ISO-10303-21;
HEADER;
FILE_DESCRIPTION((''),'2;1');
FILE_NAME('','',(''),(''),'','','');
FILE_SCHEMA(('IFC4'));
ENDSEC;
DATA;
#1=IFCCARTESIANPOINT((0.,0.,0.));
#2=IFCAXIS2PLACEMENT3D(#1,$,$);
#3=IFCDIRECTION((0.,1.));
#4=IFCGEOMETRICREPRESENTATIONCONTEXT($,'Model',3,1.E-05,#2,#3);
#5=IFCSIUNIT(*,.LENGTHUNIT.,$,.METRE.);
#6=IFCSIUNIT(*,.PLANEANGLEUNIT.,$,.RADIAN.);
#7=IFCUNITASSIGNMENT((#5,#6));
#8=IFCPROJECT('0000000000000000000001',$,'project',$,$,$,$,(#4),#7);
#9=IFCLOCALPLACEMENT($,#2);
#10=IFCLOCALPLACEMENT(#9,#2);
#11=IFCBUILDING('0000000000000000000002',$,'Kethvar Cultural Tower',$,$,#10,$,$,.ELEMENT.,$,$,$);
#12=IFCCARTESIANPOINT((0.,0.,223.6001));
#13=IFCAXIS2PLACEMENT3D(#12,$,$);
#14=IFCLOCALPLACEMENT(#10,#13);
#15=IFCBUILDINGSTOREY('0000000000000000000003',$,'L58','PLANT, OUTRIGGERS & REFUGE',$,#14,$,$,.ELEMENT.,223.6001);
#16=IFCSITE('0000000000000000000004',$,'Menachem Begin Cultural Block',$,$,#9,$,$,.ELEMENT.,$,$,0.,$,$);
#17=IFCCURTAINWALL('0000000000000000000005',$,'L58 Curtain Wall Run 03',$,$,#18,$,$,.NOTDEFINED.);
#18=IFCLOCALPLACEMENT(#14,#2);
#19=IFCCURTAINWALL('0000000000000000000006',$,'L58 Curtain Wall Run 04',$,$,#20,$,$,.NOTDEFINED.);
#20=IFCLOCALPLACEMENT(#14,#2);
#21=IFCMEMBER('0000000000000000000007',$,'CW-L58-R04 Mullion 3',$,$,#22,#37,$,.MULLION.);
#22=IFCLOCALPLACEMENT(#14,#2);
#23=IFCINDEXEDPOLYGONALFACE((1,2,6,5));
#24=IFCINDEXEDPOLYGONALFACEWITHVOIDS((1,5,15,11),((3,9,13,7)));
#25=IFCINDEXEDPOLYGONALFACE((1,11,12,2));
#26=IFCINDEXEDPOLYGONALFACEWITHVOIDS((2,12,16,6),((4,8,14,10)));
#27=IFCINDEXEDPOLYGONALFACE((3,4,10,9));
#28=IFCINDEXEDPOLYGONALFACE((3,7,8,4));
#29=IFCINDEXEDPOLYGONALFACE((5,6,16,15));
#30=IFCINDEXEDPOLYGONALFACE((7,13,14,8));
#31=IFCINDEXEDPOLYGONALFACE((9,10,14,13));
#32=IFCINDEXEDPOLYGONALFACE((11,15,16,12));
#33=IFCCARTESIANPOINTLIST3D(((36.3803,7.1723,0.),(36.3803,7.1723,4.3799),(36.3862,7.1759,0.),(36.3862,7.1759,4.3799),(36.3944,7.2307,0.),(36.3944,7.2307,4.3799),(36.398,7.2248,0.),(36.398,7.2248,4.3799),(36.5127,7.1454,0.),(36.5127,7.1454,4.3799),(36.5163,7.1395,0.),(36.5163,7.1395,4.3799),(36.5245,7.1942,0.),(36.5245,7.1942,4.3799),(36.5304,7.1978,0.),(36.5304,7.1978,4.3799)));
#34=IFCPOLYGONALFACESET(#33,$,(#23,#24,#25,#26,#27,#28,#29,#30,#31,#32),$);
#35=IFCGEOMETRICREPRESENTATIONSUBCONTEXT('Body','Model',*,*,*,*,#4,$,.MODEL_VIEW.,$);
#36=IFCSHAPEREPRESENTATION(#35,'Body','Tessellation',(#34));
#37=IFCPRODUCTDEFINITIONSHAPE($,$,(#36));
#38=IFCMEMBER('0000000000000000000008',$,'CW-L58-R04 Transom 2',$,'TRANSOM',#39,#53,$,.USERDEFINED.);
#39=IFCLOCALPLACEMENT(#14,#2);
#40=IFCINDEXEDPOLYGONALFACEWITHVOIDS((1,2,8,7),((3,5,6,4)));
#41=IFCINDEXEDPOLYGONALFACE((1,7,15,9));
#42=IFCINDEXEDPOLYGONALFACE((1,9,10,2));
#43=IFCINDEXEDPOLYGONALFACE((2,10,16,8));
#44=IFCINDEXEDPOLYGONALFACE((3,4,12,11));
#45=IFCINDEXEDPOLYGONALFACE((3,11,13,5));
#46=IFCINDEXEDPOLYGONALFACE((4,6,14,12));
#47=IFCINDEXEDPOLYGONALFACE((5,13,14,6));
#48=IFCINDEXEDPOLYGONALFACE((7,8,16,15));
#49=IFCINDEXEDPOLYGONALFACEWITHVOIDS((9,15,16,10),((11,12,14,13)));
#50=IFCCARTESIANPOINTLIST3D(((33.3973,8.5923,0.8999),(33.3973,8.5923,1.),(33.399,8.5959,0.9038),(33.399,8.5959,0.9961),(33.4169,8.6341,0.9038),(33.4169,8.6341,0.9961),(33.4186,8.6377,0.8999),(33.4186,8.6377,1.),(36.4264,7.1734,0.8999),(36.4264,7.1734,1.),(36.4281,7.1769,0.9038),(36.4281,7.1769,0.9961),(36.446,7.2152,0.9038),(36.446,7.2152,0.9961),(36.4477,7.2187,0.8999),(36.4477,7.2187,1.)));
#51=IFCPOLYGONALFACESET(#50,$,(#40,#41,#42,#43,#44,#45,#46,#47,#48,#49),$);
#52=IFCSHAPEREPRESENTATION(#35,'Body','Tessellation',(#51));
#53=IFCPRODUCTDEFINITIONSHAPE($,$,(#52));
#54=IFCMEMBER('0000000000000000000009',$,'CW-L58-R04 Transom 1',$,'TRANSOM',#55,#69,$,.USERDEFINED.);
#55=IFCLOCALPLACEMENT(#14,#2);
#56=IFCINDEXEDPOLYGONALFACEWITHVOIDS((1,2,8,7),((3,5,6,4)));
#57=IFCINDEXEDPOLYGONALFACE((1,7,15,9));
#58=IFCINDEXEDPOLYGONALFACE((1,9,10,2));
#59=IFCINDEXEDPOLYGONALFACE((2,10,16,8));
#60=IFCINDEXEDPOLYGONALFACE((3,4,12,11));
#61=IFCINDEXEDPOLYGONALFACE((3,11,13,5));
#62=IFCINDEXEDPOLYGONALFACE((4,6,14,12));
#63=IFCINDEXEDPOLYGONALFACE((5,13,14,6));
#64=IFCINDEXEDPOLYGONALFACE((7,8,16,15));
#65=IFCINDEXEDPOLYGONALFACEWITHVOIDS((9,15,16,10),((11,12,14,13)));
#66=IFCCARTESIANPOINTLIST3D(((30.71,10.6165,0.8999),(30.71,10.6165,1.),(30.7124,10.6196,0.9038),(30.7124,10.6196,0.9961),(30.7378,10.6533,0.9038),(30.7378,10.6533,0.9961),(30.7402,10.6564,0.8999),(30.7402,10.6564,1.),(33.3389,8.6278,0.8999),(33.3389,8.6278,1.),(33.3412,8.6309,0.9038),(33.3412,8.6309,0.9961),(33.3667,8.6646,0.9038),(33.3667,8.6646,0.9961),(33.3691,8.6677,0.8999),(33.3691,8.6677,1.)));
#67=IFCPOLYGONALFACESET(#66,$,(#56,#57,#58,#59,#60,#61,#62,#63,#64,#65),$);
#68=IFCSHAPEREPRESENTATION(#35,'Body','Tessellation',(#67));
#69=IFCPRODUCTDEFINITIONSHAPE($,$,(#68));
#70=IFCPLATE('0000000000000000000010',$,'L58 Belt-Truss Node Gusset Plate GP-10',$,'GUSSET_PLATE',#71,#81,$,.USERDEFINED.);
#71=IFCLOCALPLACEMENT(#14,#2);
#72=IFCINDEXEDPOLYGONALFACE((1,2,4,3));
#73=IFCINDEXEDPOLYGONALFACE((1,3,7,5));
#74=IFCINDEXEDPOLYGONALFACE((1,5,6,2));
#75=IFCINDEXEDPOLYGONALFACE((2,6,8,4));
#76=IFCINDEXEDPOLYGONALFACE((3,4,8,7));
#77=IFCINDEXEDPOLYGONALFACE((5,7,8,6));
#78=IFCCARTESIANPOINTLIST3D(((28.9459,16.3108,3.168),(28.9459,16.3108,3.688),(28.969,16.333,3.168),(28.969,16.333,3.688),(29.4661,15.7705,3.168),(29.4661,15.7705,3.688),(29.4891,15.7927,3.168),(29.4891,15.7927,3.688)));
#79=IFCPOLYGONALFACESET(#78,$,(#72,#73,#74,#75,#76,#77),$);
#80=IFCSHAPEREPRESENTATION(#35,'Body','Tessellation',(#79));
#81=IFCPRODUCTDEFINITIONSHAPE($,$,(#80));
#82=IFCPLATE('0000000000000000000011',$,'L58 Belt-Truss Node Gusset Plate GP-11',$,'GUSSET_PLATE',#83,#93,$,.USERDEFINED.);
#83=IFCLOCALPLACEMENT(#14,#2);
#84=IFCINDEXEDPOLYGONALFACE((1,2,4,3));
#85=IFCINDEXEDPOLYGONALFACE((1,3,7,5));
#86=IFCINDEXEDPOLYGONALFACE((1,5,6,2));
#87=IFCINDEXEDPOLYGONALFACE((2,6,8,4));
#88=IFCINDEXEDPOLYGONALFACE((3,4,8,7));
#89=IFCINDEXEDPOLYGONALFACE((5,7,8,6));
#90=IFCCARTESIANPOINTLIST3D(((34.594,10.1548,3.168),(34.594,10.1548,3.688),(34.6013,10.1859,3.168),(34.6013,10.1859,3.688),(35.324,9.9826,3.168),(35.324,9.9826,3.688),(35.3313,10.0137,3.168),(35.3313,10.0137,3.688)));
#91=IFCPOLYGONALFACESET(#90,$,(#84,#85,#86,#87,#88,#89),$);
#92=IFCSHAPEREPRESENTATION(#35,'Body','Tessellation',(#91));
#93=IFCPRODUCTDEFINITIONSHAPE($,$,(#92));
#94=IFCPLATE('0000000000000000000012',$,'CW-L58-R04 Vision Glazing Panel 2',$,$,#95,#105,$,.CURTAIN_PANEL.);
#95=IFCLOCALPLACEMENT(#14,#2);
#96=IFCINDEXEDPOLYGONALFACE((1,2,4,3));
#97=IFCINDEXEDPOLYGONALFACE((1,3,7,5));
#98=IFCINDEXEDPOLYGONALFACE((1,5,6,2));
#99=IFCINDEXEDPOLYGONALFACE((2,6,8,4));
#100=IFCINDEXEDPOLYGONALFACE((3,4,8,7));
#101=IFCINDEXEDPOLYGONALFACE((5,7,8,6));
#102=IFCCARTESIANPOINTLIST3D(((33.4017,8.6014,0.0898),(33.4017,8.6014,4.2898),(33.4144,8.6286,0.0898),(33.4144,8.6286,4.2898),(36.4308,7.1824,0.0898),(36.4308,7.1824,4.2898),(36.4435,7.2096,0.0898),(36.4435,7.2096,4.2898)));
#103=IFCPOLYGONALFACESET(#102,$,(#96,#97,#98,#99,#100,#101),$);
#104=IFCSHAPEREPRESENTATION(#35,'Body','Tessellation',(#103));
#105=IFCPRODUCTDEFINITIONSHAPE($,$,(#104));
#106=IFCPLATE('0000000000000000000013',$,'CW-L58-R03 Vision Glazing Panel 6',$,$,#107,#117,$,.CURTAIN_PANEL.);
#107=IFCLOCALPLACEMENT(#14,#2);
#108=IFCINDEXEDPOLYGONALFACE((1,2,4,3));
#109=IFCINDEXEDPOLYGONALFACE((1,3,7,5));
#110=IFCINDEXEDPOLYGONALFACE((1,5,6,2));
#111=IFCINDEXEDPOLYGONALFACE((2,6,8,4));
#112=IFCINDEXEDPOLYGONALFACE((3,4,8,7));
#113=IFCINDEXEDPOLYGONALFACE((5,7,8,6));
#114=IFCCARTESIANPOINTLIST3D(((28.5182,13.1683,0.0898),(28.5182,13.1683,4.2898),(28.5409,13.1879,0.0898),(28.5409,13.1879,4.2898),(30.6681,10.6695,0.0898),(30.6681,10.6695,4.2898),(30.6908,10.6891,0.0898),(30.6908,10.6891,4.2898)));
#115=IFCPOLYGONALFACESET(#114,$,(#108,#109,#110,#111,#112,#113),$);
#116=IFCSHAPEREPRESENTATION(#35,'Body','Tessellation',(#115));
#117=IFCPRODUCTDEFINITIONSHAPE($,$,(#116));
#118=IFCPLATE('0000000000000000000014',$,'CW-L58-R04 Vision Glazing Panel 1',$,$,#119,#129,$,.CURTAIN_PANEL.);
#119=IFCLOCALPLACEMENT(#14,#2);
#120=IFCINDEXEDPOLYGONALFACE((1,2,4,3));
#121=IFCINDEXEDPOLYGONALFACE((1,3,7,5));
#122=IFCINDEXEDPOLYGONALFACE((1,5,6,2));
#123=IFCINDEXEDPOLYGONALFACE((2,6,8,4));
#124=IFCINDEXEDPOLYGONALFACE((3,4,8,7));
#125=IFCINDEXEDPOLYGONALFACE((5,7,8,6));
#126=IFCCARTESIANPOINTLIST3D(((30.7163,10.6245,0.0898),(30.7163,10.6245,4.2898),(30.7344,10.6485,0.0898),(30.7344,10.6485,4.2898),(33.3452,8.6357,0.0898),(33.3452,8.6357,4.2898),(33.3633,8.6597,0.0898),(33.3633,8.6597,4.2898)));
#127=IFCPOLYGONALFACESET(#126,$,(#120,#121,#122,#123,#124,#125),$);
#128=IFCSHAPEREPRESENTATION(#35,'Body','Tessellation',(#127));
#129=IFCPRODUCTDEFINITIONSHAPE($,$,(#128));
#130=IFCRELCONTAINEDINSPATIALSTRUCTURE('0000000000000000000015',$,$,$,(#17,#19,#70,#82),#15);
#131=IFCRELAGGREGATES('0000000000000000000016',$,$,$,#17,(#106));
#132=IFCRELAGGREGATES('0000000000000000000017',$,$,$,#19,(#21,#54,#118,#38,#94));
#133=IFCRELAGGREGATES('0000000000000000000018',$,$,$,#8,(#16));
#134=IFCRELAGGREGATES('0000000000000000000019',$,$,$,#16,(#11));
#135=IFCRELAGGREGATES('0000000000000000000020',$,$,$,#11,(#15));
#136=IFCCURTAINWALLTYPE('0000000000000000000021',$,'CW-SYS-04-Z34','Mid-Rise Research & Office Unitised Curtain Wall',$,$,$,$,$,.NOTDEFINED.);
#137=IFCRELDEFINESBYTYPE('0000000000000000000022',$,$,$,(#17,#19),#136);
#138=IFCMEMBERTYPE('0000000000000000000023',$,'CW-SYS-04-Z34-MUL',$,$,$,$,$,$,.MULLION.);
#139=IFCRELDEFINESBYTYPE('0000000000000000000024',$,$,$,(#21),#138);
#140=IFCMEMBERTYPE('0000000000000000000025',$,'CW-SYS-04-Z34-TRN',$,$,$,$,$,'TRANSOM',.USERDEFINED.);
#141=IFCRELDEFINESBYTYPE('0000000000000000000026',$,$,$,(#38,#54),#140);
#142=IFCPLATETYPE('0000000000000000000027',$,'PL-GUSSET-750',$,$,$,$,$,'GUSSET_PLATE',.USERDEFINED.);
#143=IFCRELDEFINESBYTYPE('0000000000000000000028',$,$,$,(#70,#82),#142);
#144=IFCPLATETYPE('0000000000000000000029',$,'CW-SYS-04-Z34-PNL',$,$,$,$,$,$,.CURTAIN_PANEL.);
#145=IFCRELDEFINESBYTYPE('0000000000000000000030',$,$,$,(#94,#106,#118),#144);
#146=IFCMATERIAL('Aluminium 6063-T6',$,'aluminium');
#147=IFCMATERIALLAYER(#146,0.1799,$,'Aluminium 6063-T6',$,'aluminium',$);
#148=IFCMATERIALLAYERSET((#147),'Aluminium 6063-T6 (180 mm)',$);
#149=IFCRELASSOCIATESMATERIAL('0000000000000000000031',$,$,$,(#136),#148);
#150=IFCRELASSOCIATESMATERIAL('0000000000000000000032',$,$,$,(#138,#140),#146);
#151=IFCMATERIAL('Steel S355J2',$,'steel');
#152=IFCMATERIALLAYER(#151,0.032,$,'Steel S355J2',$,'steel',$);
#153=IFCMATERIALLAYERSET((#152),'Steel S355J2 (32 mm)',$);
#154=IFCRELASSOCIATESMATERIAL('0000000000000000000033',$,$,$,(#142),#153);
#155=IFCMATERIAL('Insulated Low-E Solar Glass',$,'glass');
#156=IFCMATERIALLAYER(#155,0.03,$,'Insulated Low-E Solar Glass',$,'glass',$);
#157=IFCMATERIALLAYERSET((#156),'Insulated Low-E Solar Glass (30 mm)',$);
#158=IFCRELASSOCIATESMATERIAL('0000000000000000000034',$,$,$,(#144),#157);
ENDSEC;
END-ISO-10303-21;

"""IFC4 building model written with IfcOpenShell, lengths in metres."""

from ifc_helpers import new_model, si_unit, direction, frame, origin, origin_2d, place, context, subcontext, project, spatial, rectangle, hollow_rectangle, extrude, source, transform, mapped, material, layer, layer_set, material_profile, profile_set, type_object, element, aggregate, save


model = new_model("IFC4")

# Units and contexts
model_context = context("Model", 3, precision=1e-05, world=origin(), true_north=direction((0.0, 1.0)))
body_context = subcontext(model_context, "Body", "Model", "MODEL_VIEW")
ifc_project = project(units=[si_unit("LENGTHUNIT", "METRE"), si_unit("PLANEANGLEUNIT", "RADIAN")], contexts=[model_context])

# Site, building, storey
site_placement = place(None, origin())
site = spatial("IfcSite", under=ifc_project, at=site_placement, Name="Menachem Begin Cultural Block", CompositionType="ELEMENT", RefElevation=0.0)
building_placement = place(site_placement, origin())
building = spatial("IfcBuilding", under=site, at=building_placement, Name="Kethvar Cultural Tower", CompositionType="ELEMENT")
storey_placement = place(building_placement, frame((0.0, 0.0, 223.6001)))
storey = spatial("IfcBuildingStorey", under=building, at=storey_placement, Name="L58", Description="PLANT, OUTRIGGERS & REFUGE", CompositionType="ELEMENT", Elevation=223.6001)

# Shared definitions
ifc_material_1 = material(Name="Steel S355J2", Category="steel")

# Curtain wall
ifc_material_2 = material(Name="Aluminium 6063-T6", Category="aluminium")
ifc_layer_1 = layer(ifc_material_2, 0.1799, Name="Aluminium 6063-T6", Category="aluminium")
ifc_layer_set_1 = layer_set([ifc_layer_1], Name="Aluminium 6063-T6 (180 mm)")
curtain_wall_type = type_object("IfcCurtainWallType", Name="CW-SYS-04-Z34", Description="Mid-Rise Research & Office Unitised Curtain Wall", PredefinedType="NOTDEFINED", material=ifc_layer_set_1)
curtain_wall_1_placement = place(storey_placement, origin())
curtain_wall_1 = element("IfcCurtainWall", 1, at=curtain_wall_1_placement, inside=storey, type_object=curtain_wall_type, Name="L58 Curtain Wall Run 03", PredefinedType="NOTDEFINED")
ifc_material_profile_1 = material_profile(ifc_material_2, hollow_rectangle(XDim=0.0601, YDim=0.1399, WallThickness=0.0049, at=origin_2d()), Name="Aluminium 6063-T6 — RHS140x60x5")
ifc_profile_set_1 = profile_set([ifc_material_profile_1], Name="Aluminium 6063-T6 — RHS140x60x5")
member_type_1 = type_object("IfcMemberType", Name="CW-SYS-04-Z34-MUL", PredefinedType="MULLION", material=ifc_profile_set_1)
shared_shape_1 = source(origin(), body_context, "Body", "SweptSolid", [
    extrude(hollow_rectangle(XDim=0.0601, YDim=0.1399, WallThickness=0.0049, at=origin_2d()), origin(), (0.0, 0.0, 1.0), 4.3799),
])

# Curtain wall, members
curtain_wall_2_placement = place(storey_placement, origin())
curtain_wall_2 = element("IfcCurtainWall", 2, at=curtain_wall_2_placement, inside=storey, type_object=curtain_wall_type, Name="L58 Curtain Wall Run 04", PredefinedType="NOTDEFINED")
member_1_placement = place(storey_placement, frame((36.4553, 7.1851, 0.0), z_axis=(0.0, 0.0, 1.0), x_axis=(0.234582, 0.972096, 0.0)))
member_1 = element("IfcMember", 3, at=member_1_placement, type_object=member_type_1, Name="CW-L58-R04 Mullion 3", PredefinedType="MULLION", context=body_context, shape_type="MappedRepresentation", body=[
    mapped(shared_shape_1, transform((0.0, 0.0, 0.0), scale=1.0)),
])
ifc_material_profile_2 = material_profile(ifc_material_2, hollow_rectangle(XDim=0.05, YDim=0.1001, WallThickness=0.0039, at=origin_2d()), Name="Aluminium 6063-T6 — RHS100x50x4")
ifc_profile_set_2 = profile_set([ifc_material_profile_2], Name="Aluminium 6063-T6 — RHS100x50x4")
member_type_2 = type_object("IfcMemberType", Name="CW-SYS-04-Z34-TRN", ElementType="TRANSOM", PredefinedType="USERDEFINED", material=ifc_profile_set_2)
shared_shape_2 = source(origin(), body_context, "Body", "SweptSolid", [
    extrude(hollow_rectangle(XDim=0.05, YDim=0.1001, WallThickness=0.0039, at=origin_2d()), origin(), (0.0, 0.0, 1.0), 3.345),
])
member_2_placement = place(storey_placement, frame((33.408, 8.615, 0.95), z_axis=(0.905565, -0.424208, 0.0), x_axis=(0.424208, 0.905565, 0.0)))
member_2 = element("IfcMember", 4, at=member_2_placement, type_object=member_type_2, Name="CW-L58-R04 Transom 2", ObjectType="TRANSOM", PredefinedType="USERDEFINED", context=body_context, shape_type="MappedRepresentation", body=[
    mapped(shared_shape_2, transform((0.0, 0.0, 0.0), scale=1.0)),
])
shared_shape_3 = source(origin(), body_context, "Body", "SweptSolid", [
    extrude(hollow_rectangle(XDim=0.05, YDim=0.1001, WallThickness=0.0039, at=origin_2d()), origin(), (0.0, 0.0, 1.0), 3.2964),
])
member_3_placement = place(storey_placement, frame((30.7251, 10.6365, 0.95), z_axis=(0.797505, -0.603313, 0.0), x_axis=(0.603313, 0.797505, 0.0)))
member_3 = element("IfcMember", 5, at=member_3_placement, type_object=member_type_2, Name="CW-L58-R04 Transom 1", ObjectType="TRANSOM", PredefinedType="USERDEFINED", context=body_context, shape_type="MappedRepresentation", body=[
    mapped(shared_shape_3, transform((0.0, 0.0, 0.0), scale=1.0)),
])

# Plates
ifc_layer_2 = layer(ifc_material_1, 0.032, Name="Steel S355J2", Category="steel")
ifc_layer_set_2 = layer_set([ifc_layer_2], Name="Steel S355J2 (32 mm)")
plate_type_1 = type_object("IfcPlateType", Name="PL-GUSSET-750", ElementType="GUSSET_PLATE", PredefinedType="USERDEFINED", material=ifc_layer_set_2)
shared_shape_4 = source(origin(), body_context, "Body", "SweptSolid", [
    extrude(rectangle(XDim=0.75, YDim=0.032, at=origin_2d()), origin(), (0.0, 0.0, 1.0), 0.52),
])
for number, where, z_axis, x_axis, name in (
    (6, (29.2175, 16.0518, 3.168), (0.0, 0.0, 1.0), (0.693561, -0.720398, 0.0), "L58 Belt-Truss Node Gusset Plate GP-10"),
    (7, (34.9626, 10.0842, 3.168), (0.0, 0.0, 1.0), (0.973281, -0.229617, 0.0), "L58 Belt-Truss Node Gusset Plate GP-11"),
):
    element("IfcPlate", number, at=place(storey_placement, frame(where, z_axis=z_axis, x_axis=x_axis)), inside=storey, type_object=plate_type_1, Name=name, ObjectType="GUSSET_PLATE", PredefinedType="USERDEFINED", context=body_context, shape_type="MappedRepresentation", body=[
        mapped(shared_shape_4, transform((0.0, 0.0, 0.0), scale=1.0)),
    ])

# Plates
ifc_material_3 = material(Name="Insulated Low-E Solar Glass", Category="glass")
ifc_layer_3 = layer(ifc_material_3, 0.03, Name="Insulated Low-E Solar Glass", Category="glass")
ifc_layer_set_3 = layer_set([ifc_layer_3], Name="Insulated Low-E Solar Glass (30 mm)")
plate_type_2 = type_object("IfcPlateType", Name="CW-SYS-04-Z34-PNL", PredefinedType="CURTAIN_PANEL", material=ifc_layer_set_3)
shared_shape_5 = source(origin(), body_context, "Body", "SweptSolid", [
    extrude(rectangle(XDim=3.345, YDim=0.03, at=origin_2d()), origin(), (0.0, 0.0, 1.0), 4.2),
])
plate_1_placement = place(storey_placement, frame((34.9226, 7.9055, 0.0898), z_axis=(0.0, 0.0, 1.0), x_axis=(0.905561, -0.424215, 0.0)))
plate_1 = element("IfcPlate", 8, at=plate_1_placement, type_object=plate_type_2, Name="CW-L58-R04 Vision Glazing Panel 2", PredefinedType="CURTAIN_PANEL", context=body_context, shape_type="MappedRepresentation", body=[
    mapped(shared_shape_5, transform((0.0, 0.0, 0.0), scale=1.0)),
])
shared_shape_6 = source(origin(), body_context, "Body", "SweptSolid", [
    extrude(rectangle(XDim=3.2964, YDim=0.03, at=origin_2d()), origin(), (0.0, 0.0, 1.0), 4.2),
])
plate_2_placement = place(storey_placement, frame((29.6045, 11.9287, 0.0898), z_axis=(0.0, 0.0, 1.0), x_axis=(0.652204, -0.758043, 0.0)))
plate_2 = element("IfcPlate", 9, at=plate_2_placement, type_object=plate_type_2, Name="CW-L58-R03 Vision Glazing Panel 6", PredefinedType="CURTAIN_PANEL", context=body_context, shape_type="MappedRepresentation", body=[
    mapped(shared_shape_6, transform((0.0, 0.0, 0.0), scale=1.0)),
])
aggregate(curtain_wall_1, [plate_2])
plate_3_placement = place(storey_placement, frame((32.0398, 9.6421, 0.0898), z_axis=(0.0, 0.0, 1.0), x_axis=(0.7975, -0.603319, 0.0)))
plate_3 = element("IfcPlate", 10, at=plate_3_placement, type_object=plate_type_2, Name="CW-L58-R04 Vision Glazing Panel 1", PredefinedType="CURTAIN_PANEL", context=body_context, shape_type="MappedRepresentation", body=[
    mapped(shared_shape_6, transform((0.0, 0.0, 0.0), scale=1.0)),
])
aggregate(curtain_wall_2, [member_1, member_3, plate_3, member_2, plate_1])

save(model, "model.ifc")
